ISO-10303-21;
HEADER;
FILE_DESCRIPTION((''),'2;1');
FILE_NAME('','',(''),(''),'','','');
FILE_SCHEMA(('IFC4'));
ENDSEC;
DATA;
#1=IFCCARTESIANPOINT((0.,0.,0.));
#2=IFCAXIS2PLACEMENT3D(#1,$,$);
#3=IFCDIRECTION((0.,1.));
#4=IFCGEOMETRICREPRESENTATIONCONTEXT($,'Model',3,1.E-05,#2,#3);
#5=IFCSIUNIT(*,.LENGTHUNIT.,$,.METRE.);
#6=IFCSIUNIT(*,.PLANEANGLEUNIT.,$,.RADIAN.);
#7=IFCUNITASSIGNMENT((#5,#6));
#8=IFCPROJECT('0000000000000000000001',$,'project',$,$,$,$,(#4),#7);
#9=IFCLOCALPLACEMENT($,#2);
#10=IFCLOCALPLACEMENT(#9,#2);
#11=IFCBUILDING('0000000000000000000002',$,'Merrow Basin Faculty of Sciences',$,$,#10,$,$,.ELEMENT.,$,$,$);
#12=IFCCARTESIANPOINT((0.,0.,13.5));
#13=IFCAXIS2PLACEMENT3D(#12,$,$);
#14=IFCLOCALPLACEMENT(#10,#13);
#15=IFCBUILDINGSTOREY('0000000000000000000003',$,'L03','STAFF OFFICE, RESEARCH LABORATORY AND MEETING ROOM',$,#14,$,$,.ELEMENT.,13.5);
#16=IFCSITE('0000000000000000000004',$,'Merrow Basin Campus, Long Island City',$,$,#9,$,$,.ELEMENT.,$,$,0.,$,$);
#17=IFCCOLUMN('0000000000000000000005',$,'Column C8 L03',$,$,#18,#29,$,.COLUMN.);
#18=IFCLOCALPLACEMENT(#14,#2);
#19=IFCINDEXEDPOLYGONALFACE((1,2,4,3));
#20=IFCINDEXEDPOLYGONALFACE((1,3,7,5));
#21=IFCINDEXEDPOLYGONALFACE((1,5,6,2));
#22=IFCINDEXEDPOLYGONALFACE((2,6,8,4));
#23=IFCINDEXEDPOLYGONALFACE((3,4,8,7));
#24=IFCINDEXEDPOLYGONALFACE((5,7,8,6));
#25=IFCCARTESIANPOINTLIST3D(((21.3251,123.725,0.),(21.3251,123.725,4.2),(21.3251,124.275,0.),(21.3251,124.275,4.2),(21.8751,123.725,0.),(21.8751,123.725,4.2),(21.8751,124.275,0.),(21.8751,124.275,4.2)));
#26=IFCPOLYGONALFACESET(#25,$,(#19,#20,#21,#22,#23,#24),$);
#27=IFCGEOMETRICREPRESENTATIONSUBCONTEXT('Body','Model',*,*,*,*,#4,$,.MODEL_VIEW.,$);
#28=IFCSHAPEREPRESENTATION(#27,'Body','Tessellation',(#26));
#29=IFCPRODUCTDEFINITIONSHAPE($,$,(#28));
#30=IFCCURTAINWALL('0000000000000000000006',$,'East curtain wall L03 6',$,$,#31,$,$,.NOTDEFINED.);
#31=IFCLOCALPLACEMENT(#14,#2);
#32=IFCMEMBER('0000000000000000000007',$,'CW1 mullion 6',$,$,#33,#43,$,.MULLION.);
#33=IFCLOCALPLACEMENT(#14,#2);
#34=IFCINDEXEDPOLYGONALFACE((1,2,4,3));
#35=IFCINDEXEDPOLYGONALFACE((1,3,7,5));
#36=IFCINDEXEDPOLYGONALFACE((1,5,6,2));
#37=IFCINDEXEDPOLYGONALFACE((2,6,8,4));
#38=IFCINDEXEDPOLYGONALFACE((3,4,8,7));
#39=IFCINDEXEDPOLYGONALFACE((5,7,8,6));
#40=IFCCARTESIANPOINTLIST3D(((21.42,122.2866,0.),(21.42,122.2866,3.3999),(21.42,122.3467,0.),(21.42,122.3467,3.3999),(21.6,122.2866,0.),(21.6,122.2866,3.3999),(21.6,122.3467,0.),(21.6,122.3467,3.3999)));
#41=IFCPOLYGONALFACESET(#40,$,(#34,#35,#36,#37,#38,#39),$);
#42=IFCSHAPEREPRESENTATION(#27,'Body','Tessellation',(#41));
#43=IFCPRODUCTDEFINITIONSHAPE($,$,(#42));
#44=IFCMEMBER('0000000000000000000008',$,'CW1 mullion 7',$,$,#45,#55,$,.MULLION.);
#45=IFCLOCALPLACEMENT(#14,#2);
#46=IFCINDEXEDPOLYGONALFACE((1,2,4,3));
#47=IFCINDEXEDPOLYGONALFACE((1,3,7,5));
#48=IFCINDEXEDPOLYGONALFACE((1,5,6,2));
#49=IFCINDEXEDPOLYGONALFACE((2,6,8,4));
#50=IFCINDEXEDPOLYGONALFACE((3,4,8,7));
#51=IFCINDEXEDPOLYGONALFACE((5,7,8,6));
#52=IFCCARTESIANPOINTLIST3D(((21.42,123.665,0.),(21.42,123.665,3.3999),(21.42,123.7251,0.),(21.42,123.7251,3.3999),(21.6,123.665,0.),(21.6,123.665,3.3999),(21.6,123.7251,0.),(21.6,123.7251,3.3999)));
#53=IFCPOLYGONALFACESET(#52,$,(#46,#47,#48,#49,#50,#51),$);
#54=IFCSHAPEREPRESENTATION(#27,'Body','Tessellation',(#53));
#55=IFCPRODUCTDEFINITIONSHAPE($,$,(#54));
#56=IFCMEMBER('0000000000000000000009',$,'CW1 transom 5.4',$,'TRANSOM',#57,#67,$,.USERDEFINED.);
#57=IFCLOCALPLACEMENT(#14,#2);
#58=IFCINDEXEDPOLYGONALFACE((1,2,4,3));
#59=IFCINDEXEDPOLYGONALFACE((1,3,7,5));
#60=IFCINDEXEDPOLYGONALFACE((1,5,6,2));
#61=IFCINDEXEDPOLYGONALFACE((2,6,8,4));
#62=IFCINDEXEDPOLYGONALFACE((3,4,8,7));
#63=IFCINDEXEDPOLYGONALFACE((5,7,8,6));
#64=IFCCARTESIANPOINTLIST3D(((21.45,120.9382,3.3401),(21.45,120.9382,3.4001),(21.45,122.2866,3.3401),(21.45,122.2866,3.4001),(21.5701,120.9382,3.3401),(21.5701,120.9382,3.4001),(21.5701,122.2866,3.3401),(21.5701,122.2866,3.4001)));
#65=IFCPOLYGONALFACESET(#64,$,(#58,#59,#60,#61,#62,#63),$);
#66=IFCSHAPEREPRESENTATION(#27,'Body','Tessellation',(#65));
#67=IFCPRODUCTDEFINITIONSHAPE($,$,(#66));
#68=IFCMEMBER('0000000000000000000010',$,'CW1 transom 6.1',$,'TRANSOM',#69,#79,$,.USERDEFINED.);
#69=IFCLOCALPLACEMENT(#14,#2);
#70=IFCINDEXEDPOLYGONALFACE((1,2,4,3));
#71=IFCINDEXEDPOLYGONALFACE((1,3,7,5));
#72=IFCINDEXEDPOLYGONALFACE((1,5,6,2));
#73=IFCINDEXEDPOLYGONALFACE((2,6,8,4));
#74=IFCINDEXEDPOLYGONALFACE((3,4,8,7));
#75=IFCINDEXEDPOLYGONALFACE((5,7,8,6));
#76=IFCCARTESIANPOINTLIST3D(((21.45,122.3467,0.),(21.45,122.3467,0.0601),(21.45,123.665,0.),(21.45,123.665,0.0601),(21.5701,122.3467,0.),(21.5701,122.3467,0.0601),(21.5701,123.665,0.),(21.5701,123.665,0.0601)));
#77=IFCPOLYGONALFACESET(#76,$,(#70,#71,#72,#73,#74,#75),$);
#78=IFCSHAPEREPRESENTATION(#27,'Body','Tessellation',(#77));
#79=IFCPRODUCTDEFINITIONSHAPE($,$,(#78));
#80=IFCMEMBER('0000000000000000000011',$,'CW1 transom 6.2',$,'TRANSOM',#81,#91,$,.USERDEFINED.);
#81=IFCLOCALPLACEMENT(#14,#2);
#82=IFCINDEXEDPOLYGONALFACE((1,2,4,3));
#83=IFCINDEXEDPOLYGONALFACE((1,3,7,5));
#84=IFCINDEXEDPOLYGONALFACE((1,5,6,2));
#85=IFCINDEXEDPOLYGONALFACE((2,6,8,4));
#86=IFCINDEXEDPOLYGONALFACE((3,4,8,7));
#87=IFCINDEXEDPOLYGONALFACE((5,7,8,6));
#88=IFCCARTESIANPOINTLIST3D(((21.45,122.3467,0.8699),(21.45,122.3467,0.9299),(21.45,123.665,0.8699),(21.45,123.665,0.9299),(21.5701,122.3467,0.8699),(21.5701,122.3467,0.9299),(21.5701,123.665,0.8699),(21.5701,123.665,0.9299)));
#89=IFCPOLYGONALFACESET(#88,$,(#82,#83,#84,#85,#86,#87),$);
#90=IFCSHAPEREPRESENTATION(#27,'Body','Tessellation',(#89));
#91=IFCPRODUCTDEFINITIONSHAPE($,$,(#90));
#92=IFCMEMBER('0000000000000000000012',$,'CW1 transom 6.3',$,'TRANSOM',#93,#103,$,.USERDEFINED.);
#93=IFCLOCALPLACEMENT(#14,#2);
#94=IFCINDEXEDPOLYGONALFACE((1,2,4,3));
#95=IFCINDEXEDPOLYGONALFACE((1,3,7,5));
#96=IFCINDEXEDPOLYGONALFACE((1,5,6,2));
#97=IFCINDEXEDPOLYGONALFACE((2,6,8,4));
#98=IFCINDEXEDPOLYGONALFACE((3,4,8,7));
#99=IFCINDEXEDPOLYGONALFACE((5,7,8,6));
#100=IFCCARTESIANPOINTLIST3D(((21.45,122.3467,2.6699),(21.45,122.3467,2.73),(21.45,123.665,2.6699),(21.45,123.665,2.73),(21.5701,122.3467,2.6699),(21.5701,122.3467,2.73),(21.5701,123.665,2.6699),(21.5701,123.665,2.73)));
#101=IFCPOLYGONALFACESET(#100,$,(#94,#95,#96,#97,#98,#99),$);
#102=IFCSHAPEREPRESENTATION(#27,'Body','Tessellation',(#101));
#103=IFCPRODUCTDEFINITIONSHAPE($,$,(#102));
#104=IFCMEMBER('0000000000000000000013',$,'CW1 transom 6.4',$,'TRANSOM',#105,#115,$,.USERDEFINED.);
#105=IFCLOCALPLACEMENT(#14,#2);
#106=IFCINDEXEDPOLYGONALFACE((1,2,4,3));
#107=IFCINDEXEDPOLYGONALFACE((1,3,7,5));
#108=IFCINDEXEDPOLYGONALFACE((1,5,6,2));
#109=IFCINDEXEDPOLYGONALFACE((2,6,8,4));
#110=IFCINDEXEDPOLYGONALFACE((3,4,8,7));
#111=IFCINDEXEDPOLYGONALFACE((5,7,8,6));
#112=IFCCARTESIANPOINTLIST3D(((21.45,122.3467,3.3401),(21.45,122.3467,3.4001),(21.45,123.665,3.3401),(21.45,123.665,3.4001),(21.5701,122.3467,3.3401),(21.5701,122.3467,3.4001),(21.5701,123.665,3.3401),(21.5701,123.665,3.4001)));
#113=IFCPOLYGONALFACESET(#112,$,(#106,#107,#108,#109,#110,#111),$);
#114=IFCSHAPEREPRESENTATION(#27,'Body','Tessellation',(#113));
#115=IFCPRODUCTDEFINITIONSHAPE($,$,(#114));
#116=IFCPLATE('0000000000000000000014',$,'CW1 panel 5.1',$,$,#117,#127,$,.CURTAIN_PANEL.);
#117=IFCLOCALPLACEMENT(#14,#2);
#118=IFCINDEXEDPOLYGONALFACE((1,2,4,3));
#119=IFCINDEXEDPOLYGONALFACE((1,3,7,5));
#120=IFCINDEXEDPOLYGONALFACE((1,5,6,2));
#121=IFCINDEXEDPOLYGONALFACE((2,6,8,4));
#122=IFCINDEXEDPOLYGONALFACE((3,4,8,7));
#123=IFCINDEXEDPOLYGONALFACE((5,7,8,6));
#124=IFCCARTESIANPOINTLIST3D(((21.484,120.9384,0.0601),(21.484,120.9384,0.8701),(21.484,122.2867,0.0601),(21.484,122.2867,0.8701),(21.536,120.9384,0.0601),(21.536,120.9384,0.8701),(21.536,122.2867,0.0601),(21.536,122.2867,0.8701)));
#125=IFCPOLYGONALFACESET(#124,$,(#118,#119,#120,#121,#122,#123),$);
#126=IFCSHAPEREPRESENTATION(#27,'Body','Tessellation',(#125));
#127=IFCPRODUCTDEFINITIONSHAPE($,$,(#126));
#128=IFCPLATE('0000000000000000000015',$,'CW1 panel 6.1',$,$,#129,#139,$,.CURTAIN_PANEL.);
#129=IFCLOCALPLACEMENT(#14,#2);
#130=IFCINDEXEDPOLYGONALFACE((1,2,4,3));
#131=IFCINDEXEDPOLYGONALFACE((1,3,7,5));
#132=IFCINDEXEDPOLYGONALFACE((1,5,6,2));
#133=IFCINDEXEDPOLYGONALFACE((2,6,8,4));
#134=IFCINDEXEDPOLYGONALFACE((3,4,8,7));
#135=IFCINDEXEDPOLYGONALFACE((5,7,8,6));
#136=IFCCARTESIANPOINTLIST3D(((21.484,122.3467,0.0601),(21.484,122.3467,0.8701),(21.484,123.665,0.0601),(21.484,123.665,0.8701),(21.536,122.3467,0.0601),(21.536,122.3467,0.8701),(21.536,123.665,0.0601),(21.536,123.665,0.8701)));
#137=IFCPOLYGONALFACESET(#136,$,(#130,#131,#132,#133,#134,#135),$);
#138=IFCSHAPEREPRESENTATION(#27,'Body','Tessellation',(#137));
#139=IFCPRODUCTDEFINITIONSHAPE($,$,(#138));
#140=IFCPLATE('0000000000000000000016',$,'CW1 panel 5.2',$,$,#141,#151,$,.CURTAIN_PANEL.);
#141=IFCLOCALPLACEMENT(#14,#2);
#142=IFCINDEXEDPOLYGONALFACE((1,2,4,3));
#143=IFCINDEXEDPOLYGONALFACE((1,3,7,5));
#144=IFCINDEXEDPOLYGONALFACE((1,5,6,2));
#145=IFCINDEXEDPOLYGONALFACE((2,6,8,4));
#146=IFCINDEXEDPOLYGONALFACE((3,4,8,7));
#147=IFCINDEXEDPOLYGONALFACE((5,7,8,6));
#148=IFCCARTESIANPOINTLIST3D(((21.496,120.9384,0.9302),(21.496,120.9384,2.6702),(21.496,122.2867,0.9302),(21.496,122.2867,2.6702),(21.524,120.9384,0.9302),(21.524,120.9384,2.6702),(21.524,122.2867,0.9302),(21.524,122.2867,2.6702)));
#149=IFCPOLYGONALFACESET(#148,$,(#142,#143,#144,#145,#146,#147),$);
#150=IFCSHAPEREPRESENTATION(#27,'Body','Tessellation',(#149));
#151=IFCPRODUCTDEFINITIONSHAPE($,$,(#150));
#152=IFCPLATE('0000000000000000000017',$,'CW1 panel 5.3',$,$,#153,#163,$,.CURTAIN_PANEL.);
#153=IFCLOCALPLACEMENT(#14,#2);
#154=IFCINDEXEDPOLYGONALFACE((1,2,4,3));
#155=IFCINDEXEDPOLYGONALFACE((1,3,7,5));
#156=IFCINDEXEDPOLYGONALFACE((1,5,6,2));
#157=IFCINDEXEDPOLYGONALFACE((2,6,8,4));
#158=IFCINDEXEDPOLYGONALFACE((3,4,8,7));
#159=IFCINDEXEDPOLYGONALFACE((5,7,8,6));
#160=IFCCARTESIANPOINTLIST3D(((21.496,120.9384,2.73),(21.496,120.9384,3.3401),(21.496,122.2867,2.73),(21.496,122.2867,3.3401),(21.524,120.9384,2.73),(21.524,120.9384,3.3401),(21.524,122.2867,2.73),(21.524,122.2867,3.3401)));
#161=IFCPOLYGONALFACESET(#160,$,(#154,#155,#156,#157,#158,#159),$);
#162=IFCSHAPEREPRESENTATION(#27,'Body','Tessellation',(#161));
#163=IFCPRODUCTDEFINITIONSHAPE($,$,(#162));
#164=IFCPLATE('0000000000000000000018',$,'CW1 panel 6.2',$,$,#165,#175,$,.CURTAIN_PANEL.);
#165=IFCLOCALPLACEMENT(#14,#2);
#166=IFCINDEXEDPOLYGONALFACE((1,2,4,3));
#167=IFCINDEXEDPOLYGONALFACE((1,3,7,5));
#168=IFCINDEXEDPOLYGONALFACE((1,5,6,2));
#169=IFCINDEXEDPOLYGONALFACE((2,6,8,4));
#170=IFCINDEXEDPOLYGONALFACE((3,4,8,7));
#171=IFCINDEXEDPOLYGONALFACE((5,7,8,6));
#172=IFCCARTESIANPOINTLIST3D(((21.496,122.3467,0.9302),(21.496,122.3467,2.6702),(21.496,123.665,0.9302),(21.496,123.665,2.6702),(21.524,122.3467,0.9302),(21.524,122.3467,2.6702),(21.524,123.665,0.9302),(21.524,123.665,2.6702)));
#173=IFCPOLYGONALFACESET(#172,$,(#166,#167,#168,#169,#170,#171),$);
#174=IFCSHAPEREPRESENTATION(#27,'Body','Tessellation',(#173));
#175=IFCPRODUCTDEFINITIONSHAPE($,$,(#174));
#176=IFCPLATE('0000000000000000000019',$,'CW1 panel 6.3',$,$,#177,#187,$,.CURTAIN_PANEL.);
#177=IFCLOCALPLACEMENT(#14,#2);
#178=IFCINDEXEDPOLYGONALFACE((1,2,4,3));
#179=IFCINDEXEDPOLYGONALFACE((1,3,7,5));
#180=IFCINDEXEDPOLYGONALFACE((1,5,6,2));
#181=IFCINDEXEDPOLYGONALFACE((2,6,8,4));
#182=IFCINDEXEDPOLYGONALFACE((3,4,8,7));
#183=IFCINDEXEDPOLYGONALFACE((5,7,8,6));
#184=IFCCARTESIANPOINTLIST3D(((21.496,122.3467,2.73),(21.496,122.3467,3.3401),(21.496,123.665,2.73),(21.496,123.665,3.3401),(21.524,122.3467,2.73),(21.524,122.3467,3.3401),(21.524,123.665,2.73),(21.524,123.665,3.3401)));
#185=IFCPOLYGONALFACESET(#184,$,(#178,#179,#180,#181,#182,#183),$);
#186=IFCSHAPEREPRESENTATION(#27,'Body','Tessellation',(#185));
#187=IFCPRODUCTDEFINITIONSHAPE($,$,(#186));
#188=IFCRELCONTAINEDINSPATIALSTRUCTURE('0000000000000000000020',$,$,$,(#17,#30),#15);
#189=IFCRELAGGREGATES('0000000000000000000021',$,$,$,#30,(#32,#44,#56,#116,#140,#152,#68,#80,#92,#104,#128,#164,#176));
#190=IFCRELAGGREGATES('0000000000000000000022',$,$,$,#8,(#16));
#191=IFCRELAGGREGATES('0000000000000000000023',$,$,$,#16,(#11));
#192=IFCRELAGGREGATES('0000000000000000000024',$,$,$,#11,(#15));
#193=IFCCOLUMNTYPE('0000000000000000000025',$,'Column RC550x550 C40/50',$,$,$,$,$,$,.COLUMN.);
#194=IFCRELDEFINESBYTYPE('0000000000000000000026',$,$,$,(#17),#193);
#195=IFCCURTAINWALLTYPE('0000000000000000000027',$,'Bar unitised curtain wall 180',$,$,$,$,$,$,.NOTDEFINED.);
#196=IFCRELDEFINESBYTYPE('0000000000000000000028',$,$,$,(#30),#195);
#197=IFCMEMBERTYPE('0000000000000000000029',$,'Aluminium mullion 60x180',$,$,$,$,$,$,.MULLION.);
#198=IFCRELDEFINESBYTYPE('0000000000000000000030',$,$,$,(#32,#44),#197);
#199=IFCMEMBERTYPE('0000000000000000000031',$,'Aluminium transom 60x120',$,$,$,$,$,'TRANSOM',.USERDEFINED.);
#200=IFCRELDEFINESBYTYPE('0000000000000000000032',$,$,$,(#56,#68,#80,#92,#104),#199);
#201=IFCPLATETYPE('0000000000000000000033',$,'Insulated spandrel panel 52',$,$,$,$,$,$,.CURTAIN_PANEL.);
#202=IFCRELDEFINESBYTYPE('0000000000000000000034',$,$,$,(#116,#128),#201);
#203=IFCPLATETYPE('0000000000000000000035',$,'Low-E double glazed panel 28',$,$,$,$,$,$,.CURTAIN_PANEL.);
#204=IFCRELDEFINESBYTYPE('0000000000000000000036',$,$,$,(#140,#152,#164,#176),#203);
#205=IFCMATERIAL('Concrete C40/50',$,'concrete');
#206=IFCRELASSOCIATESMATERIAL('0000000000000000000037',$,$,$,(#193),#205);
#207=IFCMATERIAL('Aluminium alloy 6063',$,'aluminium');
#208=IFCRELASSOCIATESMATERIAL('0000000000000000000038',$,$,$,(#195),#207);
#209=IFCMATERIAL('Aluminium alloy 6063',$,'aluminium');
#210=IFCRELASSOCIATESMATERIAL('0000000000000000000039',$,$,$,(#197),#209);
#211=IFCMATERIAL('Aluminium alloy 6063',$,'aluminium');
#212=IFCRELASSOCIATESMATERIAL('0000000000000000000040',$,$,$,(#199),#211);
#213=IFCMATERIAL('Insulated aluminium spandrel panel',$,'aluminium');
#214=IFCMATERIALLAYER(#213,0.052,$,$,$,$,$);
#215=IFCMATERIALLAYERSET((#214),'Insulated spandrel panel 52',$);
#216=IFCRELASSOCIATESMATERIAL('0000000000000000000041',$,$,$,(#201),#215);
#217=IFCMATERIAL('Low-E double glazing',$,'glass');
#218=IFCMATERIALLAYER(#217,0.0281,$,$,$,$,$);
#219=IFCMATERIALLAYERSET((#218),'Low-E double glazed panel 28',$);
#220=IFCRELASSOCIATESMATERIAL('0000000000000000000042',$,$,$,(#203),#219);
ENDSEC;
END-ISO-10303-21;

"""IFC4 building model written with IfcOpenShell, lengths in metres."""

from ifc_helpers import new_model, si_unit, direction, frame, origin, origin_2d, place, context, subcontext, project, spatial, rectangle, extrude, material, layer, layer_set, material_profile, profile_set, type_object, element, aggregate, save


model = new_model("IFC4")

# Units and contexts
model_context = context("Model", 3, precision=1e-05, world=origin(), true_north=direction((0.0, 1.0)))
body_context = subcontext(model_context, "Body", "Model", "MODEL_VIEW")
ifc_project = project(units=[si_unit("LENGTHUNIT", "METRE"), si_unit("PLANEANGLEUNIT", "RADIAN")], contexts=[model_context])

# Site, building, storey
site_placement = place(None, origin())
site = spatial("IfcSite", under=ifc_project, at=site_placement, Name="Merrow Basin Campus, Long Island City", CompositionType="ELEMENT", RefElevation=0.0)
building_placement = place(site_placement, origin())
building = spatial("IfcBuilding", under=site, at=building_placement, Name="Merrow Basin Faculty of Sciences", CompositionType="ELEMENT")
storey_placement = place(building_placement, frame((0.0, 0.0, 13.5)))
storey = spatial("IfcBuildingStorey", under=building, at=storey_placement, Name="L03", Description="STAFF OFFICE, RESEARCH LABORATORY AND MEETING ROOM", CompositionType="ELEMENT", Elevation=13.5)

# Column
ifc_material_1 = material(Name="Concrete C40/50", Category="concrete")
ifc_material_profile_1 = material_profile(ifc_material_1, rectangle(XDim=0.55, YDim=0.55, at=origin_2d()))
ifc_profile_set_1 = profile_set([ifc_material_profile_1], Name="Concrete C40/50")
column_type = type_object("IfcColumnType", Name="Column RC550x550 C40/50", PredefinedType="COLUMN", material=ifc_profile_set_1)
column_placement = place(storey_placement, frame((21.6001, 124.0, 0.0), z_axis=(0.0, 0.0, 1.0), x_axis=(1.0, 0.0, 0.0)))
element("IfcColumn", 1, at=column_placement, inside=storey, type_object=column_type, Name="Column C8 L03", PredefinedType="COLUMN", context=body_context, shape_type="SweptSolid", body=[
    extrude(rectangle(XDim=0.55, YDim=0.55, at=origin_2d()), origin(), (0.0, 0.0, 1.0), 4.2),
])

# Curtain wall, members, plates
ifc_material_2 = material(Name="Aluminium alloy 6063", Category="aluminium")
curtain_wall_type = type_object("IfcCurtainWallType", Name="Bar unitised curtain wall 180", PredefinedType="NOTDEFINED", material=ifc_material_2)
curtain_wall_placement = place(storey_placement, origin())
curtain_wall = element("IfcCurtainWall", 2, at=curtain_wall_placement, inside=storey, type_object=curtain_wall_type, Name="East curtain wall L03 6", PredefinedType="NOTDEFINED")
ifc_material_3 = material(Name="Aluminium alloy 6063", Category="aluminium")
ifc_material_profile_2 = material_profile(ifc_material_3, rectangle(XDim=0.1799, YDim=0.0601, at=origin_2d()))
ifc_profile_set_2 = profile_set([ifc_material_profile_2], Name="Aluminium alloy 6063")
member_type_1 = type_object("IfcMemberType", Name="Aluminium mullion 60x180", PredefinedType="MULLION", material=ifc_profile_set_2)
member_1_placement = place(storey_placement, frame((21.51, 122.3167, 0.0), z_axis=(0.0, 0.0, 1.0), x_axis=(-1.0, 0.0, 0.0)))
member_1 = element("IfcMember", 3, at=member_1_placement, type_object=member_type_1, Name="CW1 mullion 6", PredefinedType="MULLION", context=body_context, shape_type="SweptSolid", body=[
    extrude(rectangle(XDim=0.1799, YDim=0.0601, at=origin_2d()), origin(), (0.0, 0.0, 1.0), 3.3999),
])
member_2_placement = place(storey_placement, frame((21.51, 123.6951, 0.0), z_axis=(0.0, 0.0, 1.0), x_axis=(-1.0, 0.0, 0.0)))
member_2 = element("IfcMember", 4, at=member_2_placement, type_object=member_type_1, Name="CW1 mullion 7", PredefinedType="MULLION", context=body_context, shape_type="SweptSolid", body=[
    extrude(rectangle(XDim=0.1799, YDim=0.0601, at=origin_2d()), origin(), (0.0, 0.0, 1.0), 3.3999),
])
ifc_material_4 = material(Name="Aluminium alloy 6063", Category="aluminium")
ifc_material_profile_3 = material_profile(ifc_material_4, rectangle(XDim=0.1201, YDim=0.0601, at=origin_2d()))
ifc_profile_set_3 = profile_set([ifc_material_profile_3], Name="Aluminium alloy 6063")
member_type_2 = type_object("IfcMemberType", Name="Aluminium transom 60x120", ElementType="TRANSOM", PredefinedType="USERDEFINED", material=ifc_profile_set_3)
member_3_placement = place(storey_placement, frame((21.51, 120.9382, 3.3701), z_axis=(0.0, 1.0, 0.0), x_axis=(-1.0, 0.0, 0.0)))
member_3 = element("IfcMember", 5, at=member_3_placement, type_object=member_type_2, Name="CW1 transom 5.4", ObjectType="TRANSOM", PredefinedType="USERDEFINED", context=body_context, shape_type="SweptSolid", body=[
    extrude(rectangle(XDim=0.1201, YDim=0.0601, at=origin_2d()), origin(), (0.0, 0.0, 1.0), 1.3484),
])
member_4_placement = place(storey_placement, frame((21.51, 122.3467, 0.03), z_axis=(0.0, 1.0, 0.0), x_axis=(-1.0, 0.0, 0.0)))
member_4 = element("IfcMember", 6, at=member_4_placement, type_object=member_type_2, Name="CW1 transom 6.1", ObjectType="TRANSOM", PredefinedType="USERDEFINED", context=body_context, shape_type="SweptSolid", body=[
    extrude(rectangle(XDim=0.1201, YDim=0.0601, at=origin_2d()), origin(), (0.0, 0.0, 1.0), 1.3184),
])
member_5_placement = place(storey_placement, frame((21.51, 122.3467, 0.8999), z_axis=(0.0, 1.0, 0.0), x_axis=(-1.0, 0.0, 0.0)))
member_5 = element("IfcMember", 7, at=member_5_placement, type_object=member_type_2, Name="CW1 transom 6.2", ObjectType="TRANSOM", PredefinedType="USERDEFINED", context=body_context, shape_type="SweptSolid", body=[
    extrude(rectangle(XDim=0.1201, YDim=0.0601, at=origin_2d()), origin(), (0.0, 0.0, 1.0), 1.3184),
])
member_6_placement = place(storey_placement, frame((21.51, 122.3467, 2.7), z_axis=(0.0, 1.0, 0.0), x_axis=(-1.0, 0.0, 0.0)))
member_6 = element("IfcMember", 8, at=member_6_placement, type_object=member_type_2, Name="CW1 transom 6.3", ObjectType="TRANSOM", PredefinedType="USERDEFINED", context=body_context, shape_type="SweptSolid", body=[
    extrude(rectangle(XDim=0.1201, YDim=0.0601, at=origin_2d()), origin(), (0.0, 0.0, 1.0), 1.3184),
])
member_7_placement = place(storey_placement, frame((21.51, 122.3467, 3.3701), z_axis=(0.0, 1.0, 0.0), x_axis=(-1.0, 0.0, 0.0)))
member_7 = element("IfcMember", 9, at=member_7_placement, type_object=member_type_2, Name="CW1 transom 6.4", ObjectType="TRANSOM", PredefinedType="USERDEFINED", context=body_context, shape_type="SweptSolid", body=[
    extrude(rectangle(XDim=0.1201, YDim=0.0601, at=origin_2d()), origin(), (0.0, 0.0, 1.0), 1.3184),
])
ifc_material_5 = material(Name="Insulated aluminium spandrel panel", Category="aluminium")
ifc_layer_1 = layer(ifc_material_5, 0.052)
ifc_layer_set_1 = layer_set([ifc_layer_1], Name="Insulated spandrel panel 52")
plate_type_1 = type_object("IfcPlateType", Name="Insulated spandrel panel 52", PredefinedType="CURTAIN_PANEL", material=ifc_layer_set_1)
plate_1_placement = place(storey_placement, frame((21.51, 121.6125, 0.0601), z_axis=(0.0, 0.0, 1.0), x_axis=(0.0, 1.0, 0.0)))
plate_1 = element("IfcPlate", 10, at=plate_1_placement, type_object=plate_type_1, Name="CW1 panel 5.1", PredefinedType="CURTAIN_PANEL", context=body_context, shape_type="SweptSolid", body=[
    extrude(rectangle(XDim=1.3484, YDim=0.052, at=origin_2d()), origin(), (0.0, 0.0, 1.0), 0.8101),
])
plate_2_placement = place(storey_placement, frame((21.51, 123.0059, 0.0601), z_axis=(0.0, 0.0, 1.0), x_axis=(0.0, 1.0, 0.0)))
plate_2 = element("IfcPlate", 11, at=plate_2_placement, type_object=plate_type_1, Name="CW1 panel 6.1", PredefinedType="CURTAIN_PANEL", context=body_context, shape_type="SweptSolid", body=[
    extrude(rectangle(XDim=1.3184, YDim=0.052, at=origin_2d()), origin(), (0.0, 0.0, 1.0), 0.8101),
])
ifc_material_6 = material(Name="Low-E double glazing", Category="glass")
ifc_layer_2 = layer(ifc_material_6, 0.0281)
ifc_layer_set_2 = layer_set([ifc_layer_2], Name="Low-E double glazed panel 28")
plate_type_2 = type_object("IfcPlateType", Name="Low-E double glazed panel 28", PredefinedType="CURTAIN_PANEL", material=ifc_layer_set_2)
plate_3_placement = place(storey_placement, frame((21.51, 121.6125, 0.9302), z_axis=(0.0, 0.0, 1.0), x_axis=(0.0, 1.0, 0.0)))
plate_3 = element("IfcPlate", 12, at=plate_3_placement, type_object=plate_type_2, Name="CW1 panel 5.2", PredefinedType="CURTAIN_PANEL", context=body_context, shape_type="SweptSolid", body=[
    extrude(rectangle(XDim=1.3484, YDim=0.0281, at=origin_2d()), origin(), (0.0, 0.0, 1.0), 1.74),
])
plate_4_placement = place(storey_placement, frame((21.51, 121.6125, 2.73), z_axis=(0.0, 0.0, 1.0), x_axis=(0.0, 1.0, 0.0)))
plate_4 = element("IfcPlate", 13, at=plate_4_placement, type_object=plate_type_2, Name="CW1 panel 5.3", PredefinedType="CURTAIN_PANEL", context=body_context, shape_type="SweptSolid", body=[
    extrude(rectangle(XDim=1.3484, YDim=0.0281, at=origin_2d()), origin(), (0.0, 0.0, 1.0), 0.6101),
])
plate_5_placement = place(storey_placement, frame((21.51, 123.0059, 0.9302), z_axis=(0.0, 0.0, 1.0), x_axis=(0.0, 1.0, 0.0)))
plate_5 = element("IfcPlate", 14, at=plate_5_placement, type_object=plate_type_2, Name="CW1 panel 6.2", PredefinedType="CURTAIN_PANEL", context=body_context, shape_type="SweptSolid", body=[
    extrude(rectangle(XDim=1.3184, YDim=0.0281, at=origin_2d()), origin(), (0.0, 0.0, 1.0), 1.74),
])
plate_6_placement = place(storey_placement, frame((21.51, 123.0059, 2.73), z_axis=(0.0, 0.0, 1.0), x_axis=(0.0, 1.0, 0.0)))
plate_6 = element("IfcPlate", 15, at=plate_6_placement, type_object=plate_type_2, Name="CW1 panel 6.3", PredefinedType="CURTAIN_PANEL", context=body_context, shape_type="SweptSolid", body=[
    extrude(rectangle(XDim=1.3184, YDim=0.0281, at=origin_2d()), origin(), (0.0, 0.0, 1.0), 0.6101),
])
aggregate(curtain_wall, [member_1, member_2, member_3, plate_1, plate_3, plate_4, member_4, member_5, member_6, member_7, plate_2, plate_5, plate_6])

save(model, "model.ifc")
